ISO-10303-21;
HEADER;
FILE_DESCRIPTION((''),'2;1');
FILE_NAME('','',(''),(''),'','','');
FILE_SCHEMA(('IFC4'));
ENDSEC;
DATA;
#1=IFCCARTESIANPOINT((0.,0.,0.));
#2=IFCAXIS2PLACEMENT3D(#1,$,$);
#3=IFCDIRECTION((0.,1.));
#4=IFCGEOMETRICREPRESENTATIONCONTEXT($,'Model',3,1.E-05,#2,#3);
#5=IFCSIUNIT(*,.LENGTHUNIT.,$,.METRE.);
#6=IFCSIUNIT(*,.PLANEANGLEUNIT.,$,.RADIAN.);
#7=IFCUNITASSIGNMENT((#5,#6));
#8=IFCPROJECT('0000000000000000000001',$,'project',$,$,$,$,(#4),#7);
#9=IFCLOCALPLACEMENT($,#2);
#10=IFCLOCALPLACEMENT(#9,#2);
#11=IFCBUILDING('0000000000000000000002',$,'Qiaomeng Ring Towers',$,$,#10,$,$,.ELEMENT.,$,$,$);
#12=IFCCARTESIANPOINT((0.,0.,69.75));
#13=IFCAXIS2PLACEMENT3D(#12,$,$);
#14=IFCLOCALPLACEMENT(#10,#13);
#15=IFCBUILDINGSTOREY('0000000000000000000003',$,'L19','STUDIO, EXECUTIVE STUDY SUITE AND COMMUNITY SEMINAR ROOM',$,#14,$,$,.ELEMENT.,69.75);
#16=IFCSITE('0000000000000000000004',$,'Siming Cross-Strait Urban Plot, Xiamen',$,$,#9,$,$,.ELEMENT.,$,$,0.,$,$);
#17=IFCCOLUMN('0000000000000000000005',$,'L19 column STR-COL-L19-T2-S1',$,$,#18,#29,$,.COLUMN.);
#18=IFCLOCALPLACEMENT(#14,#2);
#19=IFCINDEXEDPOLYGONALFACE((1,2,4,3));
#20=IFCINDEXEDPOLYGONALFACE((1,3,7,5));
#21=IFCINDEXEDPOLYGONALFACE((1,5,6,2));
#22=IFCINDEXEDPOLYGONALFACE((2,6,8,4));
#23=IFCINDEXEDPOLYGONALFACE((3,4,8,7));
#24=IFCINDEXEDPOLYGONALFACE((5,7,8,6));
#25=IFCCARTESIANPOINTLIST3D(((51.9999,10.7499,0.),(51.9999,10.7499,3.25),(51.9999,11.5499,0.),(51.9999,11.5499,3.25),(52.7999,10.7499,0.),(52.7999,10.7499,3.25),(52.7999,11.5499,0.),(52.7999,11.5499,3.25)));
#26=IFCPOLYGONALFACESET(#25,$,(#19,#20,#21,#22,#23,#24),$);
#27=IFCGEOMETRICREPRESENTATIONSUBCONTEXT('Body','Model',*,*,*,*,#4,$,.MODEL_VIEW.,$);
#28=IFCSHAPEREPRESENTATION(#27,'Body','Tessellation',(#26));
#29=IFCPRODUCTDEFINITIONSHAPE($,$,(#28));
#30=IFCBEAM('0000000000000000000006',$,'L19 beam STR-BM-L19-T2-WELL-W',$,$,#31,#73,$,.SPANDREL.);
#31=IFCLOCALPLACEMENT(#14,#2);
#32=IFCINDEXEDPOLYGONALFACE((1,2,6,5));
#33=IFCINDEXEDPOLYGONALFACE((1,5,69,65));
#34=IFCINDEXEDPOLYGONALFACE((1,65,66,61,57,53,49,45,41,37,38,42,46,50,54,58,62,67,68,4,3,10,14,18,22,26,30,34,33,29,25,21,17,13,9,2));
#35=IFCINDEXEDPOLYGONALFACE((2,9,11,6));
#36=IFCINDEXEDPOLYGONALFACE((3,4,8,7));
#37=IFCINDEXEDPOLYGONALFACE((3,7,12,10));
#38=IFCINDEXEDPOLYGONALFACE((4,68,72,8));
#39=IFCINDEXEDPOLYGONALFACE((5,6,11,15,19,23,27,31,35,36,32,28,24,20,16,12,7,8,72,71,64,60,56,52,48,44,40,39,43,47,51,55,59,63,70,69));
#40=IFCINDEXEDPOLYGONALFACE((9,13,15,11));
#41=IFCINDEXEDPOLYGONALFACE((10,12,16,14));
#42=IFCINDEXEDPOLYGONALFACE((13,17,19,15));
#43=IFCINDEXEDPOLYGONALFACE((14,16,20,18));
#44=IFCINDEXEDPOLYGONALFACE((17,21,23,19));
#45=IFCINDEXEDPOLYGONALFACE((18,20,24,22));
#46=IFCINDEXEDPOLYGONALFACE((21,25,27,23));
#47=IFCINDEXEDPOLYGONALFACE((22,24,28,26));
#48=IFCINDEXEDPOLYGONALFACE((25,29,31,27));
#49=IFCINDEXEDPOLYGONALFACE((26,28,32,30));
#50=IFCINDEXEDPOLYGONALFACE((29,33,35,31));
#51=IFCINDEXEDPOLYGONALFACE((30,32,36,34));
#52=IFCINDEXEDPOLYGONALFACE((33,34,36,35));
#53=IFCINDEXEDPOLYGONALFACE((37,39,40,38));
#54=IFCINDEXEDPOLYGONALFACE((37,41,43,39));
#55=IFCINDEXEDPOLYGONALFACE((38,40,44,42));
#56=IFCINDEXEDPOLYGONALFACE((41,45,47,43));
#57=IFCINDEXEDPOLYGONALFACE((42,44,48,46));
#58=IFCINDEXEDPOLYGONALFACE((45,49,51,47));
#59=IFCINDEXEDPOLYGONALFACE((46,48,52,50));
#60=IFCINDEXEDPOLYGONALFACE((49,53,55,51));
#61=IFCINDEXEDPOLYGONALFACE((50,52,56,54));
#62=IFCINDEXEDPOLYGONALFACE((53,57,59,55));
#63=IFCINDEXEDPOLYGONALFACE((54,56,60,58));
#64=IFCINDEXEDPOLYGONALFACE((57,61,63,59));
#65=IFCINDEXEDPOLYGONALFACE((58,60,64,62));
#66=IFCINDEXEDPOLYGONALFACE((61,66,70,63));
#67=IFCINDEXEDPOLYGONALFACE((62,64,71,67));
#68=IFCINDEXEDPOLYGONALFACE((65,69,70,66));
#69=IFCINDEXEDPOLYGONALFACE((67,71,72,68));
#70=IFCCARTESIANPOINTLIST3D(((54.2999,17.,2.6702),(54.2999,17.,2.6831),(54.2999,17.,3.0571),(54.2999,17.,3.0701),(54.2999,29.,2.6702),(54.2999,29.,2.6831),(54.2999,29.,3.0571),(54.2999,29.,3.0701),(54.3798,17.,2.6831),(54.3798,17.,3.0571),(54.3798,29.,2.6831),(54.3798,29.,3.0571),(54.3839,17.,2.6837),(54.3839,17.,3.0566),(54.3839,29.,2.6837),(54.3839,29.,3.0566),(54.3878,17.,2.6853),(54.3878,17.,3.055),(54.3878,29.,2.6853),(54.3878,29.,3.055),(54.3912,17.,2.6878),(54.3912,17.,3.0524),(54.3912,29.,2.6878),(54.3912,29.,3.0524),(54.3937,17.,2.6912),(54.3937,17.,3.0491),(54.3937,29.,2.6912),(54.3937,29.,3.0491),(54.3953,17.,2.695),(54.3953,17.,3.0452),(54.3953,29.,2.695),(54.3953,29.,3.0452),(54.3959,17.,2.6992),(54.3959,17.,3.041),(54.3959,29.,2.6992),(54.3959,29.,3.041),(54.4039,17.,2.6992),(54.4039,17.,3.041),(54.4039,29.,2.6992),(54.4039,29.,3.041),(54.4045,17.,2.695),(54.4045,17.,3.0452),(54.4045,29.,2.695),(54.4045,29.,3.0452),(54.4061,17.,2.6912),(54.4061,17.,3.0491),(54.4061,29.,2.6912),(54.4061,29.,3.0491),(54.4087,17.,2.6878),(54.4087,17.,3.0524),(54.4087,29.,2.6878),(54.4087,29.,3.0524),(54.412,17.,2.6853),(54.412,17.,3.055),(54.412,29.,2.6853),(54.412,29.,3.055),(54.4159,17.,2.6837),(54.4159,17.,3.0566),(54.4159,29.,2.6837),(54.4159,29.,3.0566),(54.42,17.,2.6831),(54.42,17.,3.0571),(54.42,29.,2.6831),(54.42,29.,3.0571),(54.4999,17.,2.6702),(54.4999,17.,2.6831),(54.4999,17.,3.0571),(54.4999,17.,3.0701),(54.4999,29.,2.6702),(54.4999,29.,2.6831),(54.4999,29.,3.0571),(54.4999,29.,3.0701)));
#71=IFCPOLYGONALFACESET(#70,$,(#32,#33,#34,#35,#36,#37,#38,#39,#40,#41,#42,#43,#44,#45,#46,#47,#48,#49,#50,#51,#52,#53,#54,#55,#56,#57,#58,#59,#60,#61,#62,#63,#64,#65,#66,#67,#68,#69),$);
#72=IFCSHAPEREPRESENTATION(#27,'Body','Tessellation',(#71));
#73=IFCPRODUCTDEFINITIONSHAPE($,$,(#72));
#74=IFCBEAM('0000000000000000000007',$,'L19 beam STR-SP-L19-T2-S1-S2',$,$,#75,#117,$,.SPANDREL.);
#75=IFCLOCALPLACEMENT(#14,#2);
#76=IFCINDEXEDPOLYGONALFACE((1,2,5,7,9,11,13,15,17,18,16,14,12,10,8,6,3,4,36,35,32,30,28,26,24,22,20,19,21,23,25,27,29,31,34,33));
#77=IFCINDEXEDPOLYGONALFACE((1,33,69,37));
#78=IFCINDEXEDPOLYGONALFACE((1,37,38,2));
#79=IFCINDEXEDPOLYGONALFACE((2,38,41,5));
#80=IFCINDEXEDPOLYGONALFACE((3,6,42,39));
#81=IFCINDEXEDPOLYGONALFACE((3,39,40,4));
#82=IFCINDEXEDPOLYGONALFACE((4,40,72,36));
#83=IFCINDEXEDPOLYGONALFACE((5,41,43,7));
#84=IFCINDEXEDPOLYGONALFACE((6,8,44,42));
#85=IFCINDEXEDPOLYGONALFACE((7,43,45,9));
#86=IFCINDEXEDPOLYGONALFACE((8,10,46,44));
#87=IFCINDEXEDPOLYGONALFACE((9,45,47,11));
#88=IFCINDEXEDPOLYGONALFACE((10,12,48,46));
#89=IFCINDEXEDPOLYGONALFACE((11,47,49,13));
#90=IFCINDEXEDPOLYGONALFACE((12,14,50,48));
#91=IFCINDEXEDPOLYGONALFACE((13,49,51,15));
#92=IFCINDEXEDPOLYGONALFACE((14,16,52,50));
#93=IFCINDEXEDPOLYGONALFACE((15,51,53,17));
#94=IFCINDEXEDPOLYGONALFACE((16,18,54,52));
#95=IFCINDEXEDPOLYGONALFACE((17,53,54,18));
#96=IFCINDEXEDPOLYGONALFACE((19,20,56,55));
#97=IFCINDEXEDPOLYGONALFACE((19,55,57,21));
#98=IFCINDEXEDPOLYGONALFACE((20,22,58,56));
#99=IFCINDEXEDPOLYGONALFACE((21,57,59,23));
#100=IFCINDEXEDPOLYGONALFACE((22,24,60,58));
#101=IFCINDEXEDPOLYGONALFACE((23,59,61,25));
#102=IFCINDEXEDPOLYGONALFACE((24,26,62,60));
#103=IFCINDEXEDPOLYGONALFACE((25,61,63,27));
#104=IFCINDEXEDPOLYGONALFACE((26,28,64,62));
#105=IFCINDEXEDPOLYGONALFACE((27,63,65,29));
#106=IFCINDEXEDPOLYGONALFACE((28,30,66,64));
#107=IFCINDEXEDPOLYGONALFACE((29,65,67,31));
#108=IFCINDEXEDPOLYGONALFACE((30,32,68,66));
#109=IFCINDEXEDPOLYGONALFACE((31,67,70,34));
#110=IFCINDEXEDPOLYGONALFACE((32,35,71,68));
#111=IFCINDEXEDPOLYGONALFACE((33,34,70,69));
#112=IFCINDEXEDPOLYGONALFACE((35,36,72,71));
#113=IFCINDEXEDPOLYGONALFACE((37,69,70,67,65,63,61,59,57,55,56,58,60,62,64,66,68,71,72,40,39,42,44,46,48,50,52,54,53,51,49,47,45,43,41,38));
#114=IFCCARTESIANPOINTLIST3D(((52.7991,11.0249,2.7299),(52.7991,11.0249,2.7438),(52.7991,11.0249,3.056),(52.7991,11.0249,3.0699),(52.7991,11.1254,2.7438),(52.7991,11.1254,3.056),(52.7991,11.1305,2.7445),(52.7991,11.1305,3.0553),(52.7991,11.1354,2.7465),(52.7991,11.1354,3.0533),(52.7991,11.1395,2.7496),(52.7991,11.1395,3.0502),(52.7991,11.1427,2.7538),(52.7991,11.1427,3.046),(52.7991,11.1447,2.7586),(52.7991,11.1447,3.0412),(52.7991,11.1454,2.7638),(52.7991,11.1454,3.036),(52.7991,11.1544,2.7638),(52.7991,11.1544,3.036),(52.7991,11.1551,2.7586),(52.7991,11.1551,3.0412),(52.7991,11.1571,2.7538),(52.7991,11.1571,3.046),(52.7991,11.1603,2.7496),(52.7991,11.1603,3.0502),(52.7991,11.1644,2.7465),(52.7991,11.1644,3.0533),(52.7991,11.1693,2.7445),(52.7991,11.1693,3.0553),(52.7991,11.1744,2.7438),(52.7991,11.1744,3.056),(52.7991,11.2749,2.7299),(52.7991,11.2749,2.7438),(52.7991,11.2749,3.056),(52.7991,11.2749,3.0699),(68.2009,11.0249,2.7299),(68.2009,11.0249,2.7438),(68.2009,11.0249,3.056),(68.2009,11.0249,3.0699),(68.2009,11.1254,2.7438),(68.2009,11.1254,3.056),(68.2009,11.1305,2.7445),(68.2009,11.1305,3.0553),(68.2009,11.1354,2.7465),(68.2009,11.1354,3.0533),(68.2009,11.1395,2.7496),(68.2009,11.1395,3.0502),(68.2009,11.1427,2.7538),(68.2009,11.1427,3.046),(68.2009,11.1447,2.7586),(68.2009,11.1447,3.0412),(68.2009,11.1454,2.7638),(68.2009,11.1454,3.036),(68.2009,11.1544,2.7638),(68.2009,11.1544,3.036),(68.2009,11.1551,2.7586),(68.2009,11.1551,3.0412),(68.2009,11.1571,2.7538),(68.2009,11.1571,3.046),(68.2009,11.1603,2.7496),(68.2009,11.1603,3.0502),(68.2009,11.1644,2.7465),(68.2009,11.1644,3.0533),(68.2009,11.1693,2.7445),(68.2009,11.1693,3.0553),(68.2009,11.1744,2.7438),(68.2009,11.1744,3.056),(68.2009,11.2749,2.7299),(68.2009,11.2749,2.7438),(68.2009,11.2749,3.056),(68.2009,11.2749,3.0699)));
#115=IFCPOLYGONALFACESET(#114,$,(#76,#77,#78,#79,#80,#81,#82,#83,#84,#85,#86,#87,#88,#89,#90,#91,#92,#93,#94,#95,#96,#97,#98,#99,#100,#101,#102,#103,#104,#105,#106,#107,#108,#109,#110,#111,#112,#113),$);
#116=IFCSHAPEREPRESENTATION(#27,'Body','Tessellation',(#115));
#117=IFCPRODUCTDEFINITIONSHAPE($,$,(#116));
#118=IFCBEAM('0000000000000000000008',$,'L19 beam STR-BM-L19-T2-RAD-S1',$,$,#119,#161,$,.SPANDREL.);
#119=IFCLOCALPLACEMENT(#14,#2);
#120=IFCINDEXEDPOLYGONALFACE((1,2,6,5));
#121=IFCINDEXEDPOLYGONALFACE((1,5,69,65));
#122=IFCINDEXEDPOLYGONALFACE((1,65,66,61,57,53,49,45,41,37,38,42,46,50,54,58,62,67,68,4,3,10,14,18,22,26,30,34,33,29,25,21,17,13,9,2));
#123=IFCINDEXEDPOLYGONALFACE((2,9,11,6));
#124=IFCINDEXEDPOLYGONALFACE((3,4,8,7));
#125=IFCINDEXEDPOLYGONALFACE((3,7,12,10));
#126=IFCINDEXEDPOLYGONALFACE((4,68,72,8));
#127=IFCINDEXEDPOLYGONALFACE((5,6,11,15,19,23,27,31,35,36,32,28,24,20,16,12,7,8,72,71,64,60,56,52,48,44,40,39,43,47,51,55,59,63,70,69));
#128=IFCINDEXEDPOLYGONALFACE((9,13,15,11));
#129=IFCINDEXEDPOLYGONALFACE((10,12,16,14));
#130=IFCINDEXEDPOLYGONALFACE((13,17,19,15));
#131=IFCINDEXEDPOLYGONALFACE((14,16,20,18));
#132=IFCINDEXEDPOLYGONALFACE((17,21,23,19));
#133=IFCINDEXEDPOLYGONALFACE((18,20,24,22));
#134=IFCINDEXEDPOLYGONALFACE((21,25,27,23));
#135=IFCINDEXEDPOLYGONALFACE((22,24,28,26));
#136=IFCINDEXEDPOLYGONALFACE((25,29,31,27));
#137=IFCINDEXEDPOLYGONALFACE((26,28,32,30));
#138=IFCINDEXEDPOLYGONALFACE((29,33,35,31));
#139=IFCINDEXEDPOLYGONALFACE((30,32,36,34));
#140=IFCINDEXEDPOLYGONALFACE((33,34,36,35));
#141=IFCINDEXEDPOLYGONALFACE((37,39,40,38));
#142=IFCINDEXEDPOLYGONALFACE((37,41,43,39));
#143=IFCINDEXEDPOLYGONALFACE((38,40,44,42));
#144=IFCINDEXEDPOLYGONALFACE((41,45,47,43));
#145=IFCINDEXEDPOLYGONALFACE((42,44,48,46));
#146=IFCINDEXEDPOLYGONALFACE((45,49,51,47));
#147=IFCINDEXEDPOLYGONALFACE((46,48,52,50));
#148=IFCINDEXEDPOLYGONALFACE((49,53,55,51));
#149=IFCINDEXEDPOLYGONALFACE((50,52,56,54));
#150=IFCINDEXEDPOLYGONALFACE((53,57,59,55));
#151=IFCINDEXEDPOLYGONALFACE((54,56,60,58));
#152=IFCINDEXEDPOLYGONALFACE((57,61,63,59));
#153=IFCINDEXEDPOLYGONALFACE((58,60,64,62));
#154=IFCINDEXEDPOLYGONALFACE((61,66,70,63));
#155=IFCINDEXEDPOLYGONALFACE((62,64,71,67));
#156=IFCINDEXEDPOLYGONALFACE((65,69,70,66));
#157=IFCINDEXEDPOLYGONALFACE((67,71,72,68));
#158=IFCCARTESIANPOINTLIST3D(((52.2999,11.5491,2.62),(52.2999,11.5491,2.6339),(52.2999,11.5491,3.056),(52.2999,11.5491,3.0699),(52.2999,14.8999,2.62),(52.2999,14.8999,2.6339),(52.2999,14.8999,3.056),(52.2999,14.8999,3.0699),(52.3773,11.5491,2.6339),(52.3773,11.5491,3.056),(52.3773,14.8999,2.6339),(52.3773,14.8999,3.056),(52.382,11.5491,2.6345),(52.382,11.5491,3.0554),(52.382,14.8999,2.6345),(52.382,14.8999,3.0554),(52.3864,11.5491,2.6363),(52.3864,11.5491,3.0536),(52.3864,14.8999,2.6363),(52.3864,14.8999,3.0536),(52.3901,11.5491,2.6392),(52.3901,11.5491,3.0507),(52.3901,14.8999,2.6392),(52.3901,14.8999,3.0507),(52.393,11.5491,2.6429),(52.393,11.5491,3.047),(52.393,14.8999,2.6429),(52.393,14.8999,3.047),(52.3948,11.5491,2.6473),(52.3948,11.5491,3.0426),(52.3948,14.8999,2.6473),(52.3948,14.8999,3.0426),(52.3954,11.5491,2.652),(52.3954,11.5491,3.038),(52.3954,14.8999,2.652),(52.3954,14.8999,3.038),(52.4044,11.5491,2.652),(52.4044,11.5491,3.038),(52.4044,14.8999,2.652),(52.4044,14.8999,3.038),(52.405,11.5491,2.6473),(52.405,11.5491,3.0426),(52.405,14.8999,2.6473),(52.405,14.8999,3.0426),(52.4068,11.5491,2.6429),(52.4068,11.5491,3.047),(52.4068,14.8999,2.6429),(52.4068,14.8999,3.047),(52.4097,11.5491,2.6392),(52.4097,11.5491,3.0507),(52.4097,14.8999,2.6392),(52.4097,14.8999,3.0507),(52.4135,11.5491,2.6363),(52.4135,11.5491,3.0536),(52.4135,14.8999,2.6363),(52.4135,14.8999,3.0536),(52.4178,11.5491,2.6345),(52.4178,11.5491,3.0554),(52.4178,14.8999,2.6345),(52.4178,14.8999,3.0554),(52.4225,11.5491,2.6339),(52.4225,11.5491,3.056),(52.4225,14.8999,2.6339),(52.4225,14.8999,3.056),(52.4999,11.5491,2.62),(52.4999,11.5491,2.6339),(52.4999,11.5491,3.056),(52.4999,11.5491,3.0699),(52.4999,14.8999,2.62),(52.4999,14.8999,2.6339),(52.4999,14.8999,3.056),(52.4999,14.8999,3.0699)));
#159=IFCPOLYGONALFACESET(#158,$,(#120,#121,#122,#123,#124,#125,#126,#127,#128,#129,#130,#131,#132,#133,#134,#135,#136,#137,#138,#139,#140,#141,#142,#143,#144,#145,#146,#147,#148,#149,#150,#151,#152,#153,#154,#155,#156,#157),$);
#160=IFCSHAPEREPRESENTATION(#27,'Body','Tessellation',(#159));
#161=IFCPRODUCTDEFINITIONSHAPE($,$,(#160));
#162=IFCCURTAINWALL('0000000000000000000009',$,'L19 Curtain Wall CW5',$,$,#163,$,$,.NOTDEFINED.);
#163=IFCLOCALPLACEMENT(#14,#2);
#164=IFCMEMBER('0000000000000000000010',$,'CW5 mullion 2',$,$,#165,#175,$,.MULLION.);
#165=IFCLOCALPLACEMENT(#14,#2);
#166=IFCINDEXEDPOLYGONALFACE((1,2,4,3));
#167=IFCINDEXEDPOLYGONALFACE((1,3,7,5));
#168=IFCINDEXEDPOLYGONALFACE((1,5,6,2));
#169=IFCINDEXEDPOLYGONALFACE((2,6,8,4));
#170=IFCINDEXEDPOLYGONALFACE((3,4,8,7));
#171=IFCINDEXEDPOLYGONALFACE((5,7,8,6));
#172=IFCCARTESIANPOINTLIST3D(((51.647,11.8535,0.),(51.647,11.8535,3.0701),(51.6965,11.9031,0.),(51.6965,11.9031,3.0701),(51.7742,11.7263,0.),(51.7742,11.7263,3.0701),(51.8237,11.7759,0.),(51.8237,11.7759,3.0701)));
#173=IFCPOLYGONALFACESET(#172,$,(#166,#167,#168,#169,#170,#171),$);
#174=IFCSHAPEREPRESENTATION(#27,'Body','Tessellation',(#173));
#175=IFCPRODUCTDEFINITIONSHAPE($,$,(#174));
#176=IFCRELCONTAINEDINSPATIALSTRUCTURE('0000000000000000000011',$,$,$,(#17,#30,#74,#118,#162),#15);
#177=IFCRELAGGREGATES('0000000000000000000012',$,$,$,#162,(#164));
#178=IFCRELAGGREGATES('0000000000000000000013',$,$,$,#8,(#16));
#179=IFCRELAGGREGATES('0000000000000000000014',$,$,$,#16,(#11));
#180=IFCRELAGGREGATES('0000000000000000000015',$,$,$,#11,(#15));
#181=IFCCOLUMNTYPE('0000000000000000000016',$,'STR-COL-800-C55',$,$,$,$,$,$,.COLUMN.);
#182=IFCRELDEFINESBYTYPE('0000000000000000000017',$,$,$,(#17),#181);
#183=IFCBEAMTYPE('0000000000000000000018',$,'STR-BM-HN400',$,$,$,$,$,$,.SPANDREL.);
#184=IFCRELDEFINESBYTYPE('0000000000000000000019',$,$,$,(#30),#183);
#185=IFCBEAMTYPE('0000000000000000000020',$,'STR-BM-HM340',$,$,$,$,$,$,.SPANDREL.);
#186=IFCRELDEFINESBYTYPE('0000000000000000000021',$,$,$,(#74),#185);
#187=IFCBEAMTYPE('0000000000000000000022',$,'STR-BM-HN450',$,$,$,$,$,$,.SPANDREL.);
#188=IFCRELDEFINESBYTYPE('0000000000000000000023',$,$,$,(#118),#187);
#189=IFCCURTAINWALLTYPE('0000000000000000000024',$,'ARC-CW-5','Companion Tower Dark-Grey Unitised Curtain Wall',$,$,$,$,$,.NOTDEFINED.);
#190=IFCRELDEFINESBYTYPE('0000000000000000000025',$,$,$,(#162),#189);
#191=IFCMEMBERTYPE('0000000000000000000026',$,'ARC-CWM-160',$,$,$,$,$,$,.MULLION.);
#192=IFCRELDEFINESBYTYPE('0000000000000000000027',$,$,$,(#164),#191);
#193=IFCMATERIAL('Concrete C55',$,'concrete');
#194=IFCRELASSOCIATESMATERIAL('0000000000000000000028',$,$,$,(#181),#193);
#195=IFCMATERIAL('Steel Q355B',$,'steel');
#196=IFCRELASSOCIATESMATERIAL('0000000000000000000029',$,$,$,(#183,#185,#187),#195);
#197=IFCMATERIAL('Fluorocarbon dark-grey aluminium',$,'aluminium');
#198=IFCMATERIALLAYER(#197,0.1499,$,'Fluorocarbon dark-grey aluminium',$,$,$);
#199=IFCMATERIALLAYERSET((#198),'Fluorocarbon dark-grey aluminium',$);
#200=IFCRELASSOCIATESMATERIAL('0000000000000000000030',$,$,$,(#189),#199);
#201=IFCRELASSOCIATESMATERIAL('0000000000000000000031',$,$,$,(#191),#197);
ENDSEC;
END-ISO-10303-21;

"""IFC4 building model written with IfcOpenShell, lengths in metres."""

from ifc_helpers import new_model, si_unit, direction, frame, origin, origin_2d, place, context, subcontext, project, spatial, rectangle, i_section, extrude, source, transform, mapped, material, layer, layer_set, material_profile, profile_set, type_object, element, aggregate, save


model = new_model("IFC4")

# Units and contexts
model_context = context("Model", 3, precision=1e-05, world=origin(), true_north=direction((0.0, 1.0)))
body_context = subcontext(model_context, "Body", "Model", "MODEL_VIEW")
ifc_project = project(units=[si_unit("LENGTHUNIT", "METRE"), si_unit("PLANEANGLEUNIT", "RADIAN")], contexts=[model_context])

# Site, building, storey
site_placement = place(None, origin())
site = spatial("IfcSite", under=ifc_project, at=site_placement, Name="Siming Cross-Strait Urban Plot, Xiamen", CompositionType="ELEMENT", RefElevation=0.0)
building_placement = place(site_placement, origin())
building = spatial("IfcBuilding", under=site, at=building_placement, Name="Qiaomeng Ring Towers", CompositionType="ELEMENT")
storey_placement = place(building_placement, frame((0.0, 0.0, 69.75)))
storey = spatial("IfcBuildingStorey", under=building, at=storey_placement, Name="L19", Description="STUDIO, EXECUTIVE STUDY SUITE AND COMMUNITY SEMINAR ROOM", CompositionType="ELEMENT", Elevation=69.75)

# Column
ifc_material_1 = material(Name="Concrete C55", Category="concrete")
ifc_material_profile_1 = material_profile(ifc_material_1, rectangle(XDim=0.8, YDim=0.8, at=origin_2d()), Name="RC COL 800x800")
ifc_profile_set_1 = profile_set([ifc_material_profile_1], Name="Concrete C55")
column_type = type_object("IfcColumnType", Name="STR-COL-800-C55", PredefinedType="COLUMN", material=ifc_profile_set_1)
shared_shape_1 = source(origin(), body_context, "Body", "SweptSolid", [
    extrude(rectangle(XDim=0.8, YDim=0.8, at=origin_2d()), origin(), (0.0, 0.0, 1.0), 3.25),
])
column_placement = place(storey_placement, frame((52.3999, 11.1499, 0.0), z_axis=(0.0, 0.0, 1.0), x_axis=(1.0, 0.0, 0.0)))
element("IfcColumn", 1, at=column_placement, inside=storey, type_object=column_type, Name="L19 column STR-COL-L19-T2-S1", PredefinedType="COLUMN", context=body_context, shape_type="MappedRepresentation", body=[
    mapped(shared_shape_1, transform((0.0, 0.0, 0.0), x_axis=(1.0, 0.0, 0.0), y_axis=(0.0, 1.0, 0.0), z_axis=(0.0, 0.0, 1.0), scale=1.0)),
])

# Beams
ifc_material_2 = material(Name="Steel Q355B", Category="steel")
ifc_material_profile_2 = material_profile(ifc_material_2, i_section(OverallWidth=0.2, OverallDepth=0.3999, WebThickness=0.0081, FlangeThickness=0.0129, FilletRadius=0.0161, at=origin_2d()), Name="HN 400x200x8x13")
ifc_profile_set_2 = profile_set([ifc_material_profile_2], Name="Steel Q355B")
beam_type_1 = type_object("IfcBeamType", Name="STR-BM-HN400", PredefinedType="SPANDREL", material=ifc_profile_set_2)
shared_shape_2 = source(origin(), body_context, "Body", "SweptSolid", [
    extrude(i_section(OverallWidth=0.2, OverallDepth=0.3999, WebThickness=0.0081, FlangeThickness=0.0129, FilletRadius=0.0161, at=origin_2d()), origin(), (0.0, 0.0, 1.0), 12.0),
])
beam_1_placement = place(storey_placement, frame((54.3999, 17.0, 2.8701), z_axis=(0.0, 1.0, 0.0), x_axis=(-1.0, 0.0, 0.0)))
element("IfcBeam", 2, at=beam_1_placement, inside=storey, type_object=beam_type_1, Name="L19 beam STR-BM-L19-T2-WELL-W", PredefinedType="SPANDREL", context=body_context, shape_type="MappedRepresentation", body=[
    mapped(shared_shape_2, transform((0.0, 0.0, 0.0), x_axis=(1.0, 0.0, 0.0), y_axis=(0.0, 1.0, 0.0), z_axis=(0.0, 0.0, 1.0), scale=1.0)),
])
ifc_material_profile_3 = material_profile(ifc_material_2, i_section(OverallWidth=0.25, OverallDepth=0.3401, WebThickness=0.009, FlangeThickness=0.0139, FilletRadius=0.02, at=origin_2d()), Name="HM 340x250x9x14")
ifc_profile_set_3 = profile_set([ifc_material_profile_3], Name="Steel Q355B")
beam_type_2 = type_object("IfcBeamType", Name="STR-BM-HM340", PredefinedType="SPANDREL", material=ifc_profile_set_3)
shared_shape_3 = source(origin(), body_context, "Body", "SweptSolid", [
    extrude(i_section(OverallWidth=0.25, OverallDepth=0.3401, WebThickness=0.009, FlangeThickness=0.0139, FilletRadius=0.02, at=origin_2d()), origin(), (0.0, 0.0, 1.0), 15.4019),
])
beam_2_placement = place(storey_placement, frame((52.7991, 11.1499, 2.8999), z_axis=(1.0, 0.0, 0.0), x_axis=(0.0, 1.0, 0.0)))
element("IfcBeam", 3, at=beam_2_placement, inside=storey, type_object=beam_type_2, Name="L19 beam STR-SP-L19-T2-S1-S2", PredefinedType="SPANDREL", context=body_context, shape_type="MappedRepresentation", body=[
    mapped(shared_shape_3, transform((0.0, 0.0, 0.0), x_axis=(1.0, 0.0, 0.0), y_axis=(0.0, 1.0, 0.0), z_axis=(0.0, 0.0, 1.0), scale=1.0)),
])
ifc_material_profile_4 = material_profile(ifc_material_2, i_section(OverallWidth=0.2, OverallDepth=0.45, WebThickness=0.009, FlangeThickness=0.0139, FilletRadius=0.0181, at=origin_2d()), Name="HN 450x200x9x14")
ifc_profile_set_4 = profile_set([ifc_material_profile_4], Name="Steel Q355B")
beam_type_3 = type_object("IfcBeamType", Name="STR-BM-HN450", PredefinedType="SPANDREL", material=ifc_profile_set_4)
shared_shape_4 = source(origin(), body_context, "Body", "SweptSolid", [
    extrude(i_section(OverallWidth=0.2, OverallDepth=0.45, WebThickness=0.009, FlangeThickness=0.0139, FilletRadius=0.0181, at=origin_2d()), origin(), (0.0, 0.0, 1.0), 3.3508),
])
beam_3_placement = place(storey_placement, frame((52.3999, 11.5491, 2.845), z_axis=(0.0, 1.0, 0.0), x_axis=(-1.0, 0.0, 0.0)))
element("IfcBeam", 4, at=beam_3_placement, inside=storey, type_object=beam_type_3, Name="L19 beam STR-BM-L19-T2-RAD-S1", PredefinedType="SPANDREL", context=body_context, shape_type="MappedRepresentation", body=[
    mapped(shared_shape_4, transform((0.0, 0.0, 0.0), x_axis=(1.0, 0.0, 0.0), y_axis=(0.0, 1.0, 0.0), z_axis=(0.0, 0.0, 1.0), scale=1.0)),
])

# Curtain wall, member
ifc_material_3 = material(Name="Fluorocarbon dark-grey aluminium", Category="aluminium")
ifc_layer_1 = layer(ifc_material_3, 0.1499, Name="Fluorocarbon dark-grey aluminium")
ifc_layer_set_1 = layer_set([ifc_layer_1], Name="Fluorocarbon dark-grey aluminium")
curtain_wall_type = type_object("IfcCurtainWallType", Name="ARC-CW-5", Description="Companion Tower Dark-Grey Unitised Curtain Wall", PredefinedType="NOTDEFINED", material=ifc_layer_set_1)
curtain_wall_placement = place(storey_placement, origin())
curtain_wall = element("IfcCurtainWall", 5, at=curtain_wall_placement, inside=storey, type_object=curtain_wall_type, Name="L19 Curtain Wall CW5", PredefinedType="NOTDEFINED")
ifc_material_profile_5 = material_profile(ifc_material_3, rectangle(XDim=0.0701, YDim=0.1799, at=origin_2d()), Name="ALU MULL 70x180")
ifc_profile_set_5 = profile_set([ifc_material_profile_5], Name="Fluorocarbon dark-grey aluminium")
member_type_1 = type_object("IfcMemberType", Name="ARC-CWM-160", PredefinedType="MULLION", material=ifc_profile_set_5)
shared_shape_5 = source(origin(), body_context, "Body", "SweptSolid", [
    extrude(rectangle(XDim=0.0701, YDim=0.1799, at=origin_2d()), origin(), (0.0, 0.0, 1.0), 3.0701),
])
member_1_placement = place(storey_placement, frame((51.7354, 11.8147, 0.0), z_axis=(0.0, 0.0, 1.0), x_axis=(0.707107, 0.707107, 0.0)))
member_1 = element("IfcMember", 6, at=member_1_placement, type_object=member_type_1, Name="CW5 mullion 2", PredefinedType="MULLION", context=body_context, shape_type="MappedRepresentation", body=[
    mapped(shared_shape_5, transform((0.0, 0.0, 0.0), x_axis=(1.0, 0.0, 0.0), y_axis=(0.0, 1.0, 0.0), z_axis=(0.0, 0.0, 1.0), scale=1.0)),
])
aggregate(curtain_wall, [member_1])

save(model, "model.ifc")
